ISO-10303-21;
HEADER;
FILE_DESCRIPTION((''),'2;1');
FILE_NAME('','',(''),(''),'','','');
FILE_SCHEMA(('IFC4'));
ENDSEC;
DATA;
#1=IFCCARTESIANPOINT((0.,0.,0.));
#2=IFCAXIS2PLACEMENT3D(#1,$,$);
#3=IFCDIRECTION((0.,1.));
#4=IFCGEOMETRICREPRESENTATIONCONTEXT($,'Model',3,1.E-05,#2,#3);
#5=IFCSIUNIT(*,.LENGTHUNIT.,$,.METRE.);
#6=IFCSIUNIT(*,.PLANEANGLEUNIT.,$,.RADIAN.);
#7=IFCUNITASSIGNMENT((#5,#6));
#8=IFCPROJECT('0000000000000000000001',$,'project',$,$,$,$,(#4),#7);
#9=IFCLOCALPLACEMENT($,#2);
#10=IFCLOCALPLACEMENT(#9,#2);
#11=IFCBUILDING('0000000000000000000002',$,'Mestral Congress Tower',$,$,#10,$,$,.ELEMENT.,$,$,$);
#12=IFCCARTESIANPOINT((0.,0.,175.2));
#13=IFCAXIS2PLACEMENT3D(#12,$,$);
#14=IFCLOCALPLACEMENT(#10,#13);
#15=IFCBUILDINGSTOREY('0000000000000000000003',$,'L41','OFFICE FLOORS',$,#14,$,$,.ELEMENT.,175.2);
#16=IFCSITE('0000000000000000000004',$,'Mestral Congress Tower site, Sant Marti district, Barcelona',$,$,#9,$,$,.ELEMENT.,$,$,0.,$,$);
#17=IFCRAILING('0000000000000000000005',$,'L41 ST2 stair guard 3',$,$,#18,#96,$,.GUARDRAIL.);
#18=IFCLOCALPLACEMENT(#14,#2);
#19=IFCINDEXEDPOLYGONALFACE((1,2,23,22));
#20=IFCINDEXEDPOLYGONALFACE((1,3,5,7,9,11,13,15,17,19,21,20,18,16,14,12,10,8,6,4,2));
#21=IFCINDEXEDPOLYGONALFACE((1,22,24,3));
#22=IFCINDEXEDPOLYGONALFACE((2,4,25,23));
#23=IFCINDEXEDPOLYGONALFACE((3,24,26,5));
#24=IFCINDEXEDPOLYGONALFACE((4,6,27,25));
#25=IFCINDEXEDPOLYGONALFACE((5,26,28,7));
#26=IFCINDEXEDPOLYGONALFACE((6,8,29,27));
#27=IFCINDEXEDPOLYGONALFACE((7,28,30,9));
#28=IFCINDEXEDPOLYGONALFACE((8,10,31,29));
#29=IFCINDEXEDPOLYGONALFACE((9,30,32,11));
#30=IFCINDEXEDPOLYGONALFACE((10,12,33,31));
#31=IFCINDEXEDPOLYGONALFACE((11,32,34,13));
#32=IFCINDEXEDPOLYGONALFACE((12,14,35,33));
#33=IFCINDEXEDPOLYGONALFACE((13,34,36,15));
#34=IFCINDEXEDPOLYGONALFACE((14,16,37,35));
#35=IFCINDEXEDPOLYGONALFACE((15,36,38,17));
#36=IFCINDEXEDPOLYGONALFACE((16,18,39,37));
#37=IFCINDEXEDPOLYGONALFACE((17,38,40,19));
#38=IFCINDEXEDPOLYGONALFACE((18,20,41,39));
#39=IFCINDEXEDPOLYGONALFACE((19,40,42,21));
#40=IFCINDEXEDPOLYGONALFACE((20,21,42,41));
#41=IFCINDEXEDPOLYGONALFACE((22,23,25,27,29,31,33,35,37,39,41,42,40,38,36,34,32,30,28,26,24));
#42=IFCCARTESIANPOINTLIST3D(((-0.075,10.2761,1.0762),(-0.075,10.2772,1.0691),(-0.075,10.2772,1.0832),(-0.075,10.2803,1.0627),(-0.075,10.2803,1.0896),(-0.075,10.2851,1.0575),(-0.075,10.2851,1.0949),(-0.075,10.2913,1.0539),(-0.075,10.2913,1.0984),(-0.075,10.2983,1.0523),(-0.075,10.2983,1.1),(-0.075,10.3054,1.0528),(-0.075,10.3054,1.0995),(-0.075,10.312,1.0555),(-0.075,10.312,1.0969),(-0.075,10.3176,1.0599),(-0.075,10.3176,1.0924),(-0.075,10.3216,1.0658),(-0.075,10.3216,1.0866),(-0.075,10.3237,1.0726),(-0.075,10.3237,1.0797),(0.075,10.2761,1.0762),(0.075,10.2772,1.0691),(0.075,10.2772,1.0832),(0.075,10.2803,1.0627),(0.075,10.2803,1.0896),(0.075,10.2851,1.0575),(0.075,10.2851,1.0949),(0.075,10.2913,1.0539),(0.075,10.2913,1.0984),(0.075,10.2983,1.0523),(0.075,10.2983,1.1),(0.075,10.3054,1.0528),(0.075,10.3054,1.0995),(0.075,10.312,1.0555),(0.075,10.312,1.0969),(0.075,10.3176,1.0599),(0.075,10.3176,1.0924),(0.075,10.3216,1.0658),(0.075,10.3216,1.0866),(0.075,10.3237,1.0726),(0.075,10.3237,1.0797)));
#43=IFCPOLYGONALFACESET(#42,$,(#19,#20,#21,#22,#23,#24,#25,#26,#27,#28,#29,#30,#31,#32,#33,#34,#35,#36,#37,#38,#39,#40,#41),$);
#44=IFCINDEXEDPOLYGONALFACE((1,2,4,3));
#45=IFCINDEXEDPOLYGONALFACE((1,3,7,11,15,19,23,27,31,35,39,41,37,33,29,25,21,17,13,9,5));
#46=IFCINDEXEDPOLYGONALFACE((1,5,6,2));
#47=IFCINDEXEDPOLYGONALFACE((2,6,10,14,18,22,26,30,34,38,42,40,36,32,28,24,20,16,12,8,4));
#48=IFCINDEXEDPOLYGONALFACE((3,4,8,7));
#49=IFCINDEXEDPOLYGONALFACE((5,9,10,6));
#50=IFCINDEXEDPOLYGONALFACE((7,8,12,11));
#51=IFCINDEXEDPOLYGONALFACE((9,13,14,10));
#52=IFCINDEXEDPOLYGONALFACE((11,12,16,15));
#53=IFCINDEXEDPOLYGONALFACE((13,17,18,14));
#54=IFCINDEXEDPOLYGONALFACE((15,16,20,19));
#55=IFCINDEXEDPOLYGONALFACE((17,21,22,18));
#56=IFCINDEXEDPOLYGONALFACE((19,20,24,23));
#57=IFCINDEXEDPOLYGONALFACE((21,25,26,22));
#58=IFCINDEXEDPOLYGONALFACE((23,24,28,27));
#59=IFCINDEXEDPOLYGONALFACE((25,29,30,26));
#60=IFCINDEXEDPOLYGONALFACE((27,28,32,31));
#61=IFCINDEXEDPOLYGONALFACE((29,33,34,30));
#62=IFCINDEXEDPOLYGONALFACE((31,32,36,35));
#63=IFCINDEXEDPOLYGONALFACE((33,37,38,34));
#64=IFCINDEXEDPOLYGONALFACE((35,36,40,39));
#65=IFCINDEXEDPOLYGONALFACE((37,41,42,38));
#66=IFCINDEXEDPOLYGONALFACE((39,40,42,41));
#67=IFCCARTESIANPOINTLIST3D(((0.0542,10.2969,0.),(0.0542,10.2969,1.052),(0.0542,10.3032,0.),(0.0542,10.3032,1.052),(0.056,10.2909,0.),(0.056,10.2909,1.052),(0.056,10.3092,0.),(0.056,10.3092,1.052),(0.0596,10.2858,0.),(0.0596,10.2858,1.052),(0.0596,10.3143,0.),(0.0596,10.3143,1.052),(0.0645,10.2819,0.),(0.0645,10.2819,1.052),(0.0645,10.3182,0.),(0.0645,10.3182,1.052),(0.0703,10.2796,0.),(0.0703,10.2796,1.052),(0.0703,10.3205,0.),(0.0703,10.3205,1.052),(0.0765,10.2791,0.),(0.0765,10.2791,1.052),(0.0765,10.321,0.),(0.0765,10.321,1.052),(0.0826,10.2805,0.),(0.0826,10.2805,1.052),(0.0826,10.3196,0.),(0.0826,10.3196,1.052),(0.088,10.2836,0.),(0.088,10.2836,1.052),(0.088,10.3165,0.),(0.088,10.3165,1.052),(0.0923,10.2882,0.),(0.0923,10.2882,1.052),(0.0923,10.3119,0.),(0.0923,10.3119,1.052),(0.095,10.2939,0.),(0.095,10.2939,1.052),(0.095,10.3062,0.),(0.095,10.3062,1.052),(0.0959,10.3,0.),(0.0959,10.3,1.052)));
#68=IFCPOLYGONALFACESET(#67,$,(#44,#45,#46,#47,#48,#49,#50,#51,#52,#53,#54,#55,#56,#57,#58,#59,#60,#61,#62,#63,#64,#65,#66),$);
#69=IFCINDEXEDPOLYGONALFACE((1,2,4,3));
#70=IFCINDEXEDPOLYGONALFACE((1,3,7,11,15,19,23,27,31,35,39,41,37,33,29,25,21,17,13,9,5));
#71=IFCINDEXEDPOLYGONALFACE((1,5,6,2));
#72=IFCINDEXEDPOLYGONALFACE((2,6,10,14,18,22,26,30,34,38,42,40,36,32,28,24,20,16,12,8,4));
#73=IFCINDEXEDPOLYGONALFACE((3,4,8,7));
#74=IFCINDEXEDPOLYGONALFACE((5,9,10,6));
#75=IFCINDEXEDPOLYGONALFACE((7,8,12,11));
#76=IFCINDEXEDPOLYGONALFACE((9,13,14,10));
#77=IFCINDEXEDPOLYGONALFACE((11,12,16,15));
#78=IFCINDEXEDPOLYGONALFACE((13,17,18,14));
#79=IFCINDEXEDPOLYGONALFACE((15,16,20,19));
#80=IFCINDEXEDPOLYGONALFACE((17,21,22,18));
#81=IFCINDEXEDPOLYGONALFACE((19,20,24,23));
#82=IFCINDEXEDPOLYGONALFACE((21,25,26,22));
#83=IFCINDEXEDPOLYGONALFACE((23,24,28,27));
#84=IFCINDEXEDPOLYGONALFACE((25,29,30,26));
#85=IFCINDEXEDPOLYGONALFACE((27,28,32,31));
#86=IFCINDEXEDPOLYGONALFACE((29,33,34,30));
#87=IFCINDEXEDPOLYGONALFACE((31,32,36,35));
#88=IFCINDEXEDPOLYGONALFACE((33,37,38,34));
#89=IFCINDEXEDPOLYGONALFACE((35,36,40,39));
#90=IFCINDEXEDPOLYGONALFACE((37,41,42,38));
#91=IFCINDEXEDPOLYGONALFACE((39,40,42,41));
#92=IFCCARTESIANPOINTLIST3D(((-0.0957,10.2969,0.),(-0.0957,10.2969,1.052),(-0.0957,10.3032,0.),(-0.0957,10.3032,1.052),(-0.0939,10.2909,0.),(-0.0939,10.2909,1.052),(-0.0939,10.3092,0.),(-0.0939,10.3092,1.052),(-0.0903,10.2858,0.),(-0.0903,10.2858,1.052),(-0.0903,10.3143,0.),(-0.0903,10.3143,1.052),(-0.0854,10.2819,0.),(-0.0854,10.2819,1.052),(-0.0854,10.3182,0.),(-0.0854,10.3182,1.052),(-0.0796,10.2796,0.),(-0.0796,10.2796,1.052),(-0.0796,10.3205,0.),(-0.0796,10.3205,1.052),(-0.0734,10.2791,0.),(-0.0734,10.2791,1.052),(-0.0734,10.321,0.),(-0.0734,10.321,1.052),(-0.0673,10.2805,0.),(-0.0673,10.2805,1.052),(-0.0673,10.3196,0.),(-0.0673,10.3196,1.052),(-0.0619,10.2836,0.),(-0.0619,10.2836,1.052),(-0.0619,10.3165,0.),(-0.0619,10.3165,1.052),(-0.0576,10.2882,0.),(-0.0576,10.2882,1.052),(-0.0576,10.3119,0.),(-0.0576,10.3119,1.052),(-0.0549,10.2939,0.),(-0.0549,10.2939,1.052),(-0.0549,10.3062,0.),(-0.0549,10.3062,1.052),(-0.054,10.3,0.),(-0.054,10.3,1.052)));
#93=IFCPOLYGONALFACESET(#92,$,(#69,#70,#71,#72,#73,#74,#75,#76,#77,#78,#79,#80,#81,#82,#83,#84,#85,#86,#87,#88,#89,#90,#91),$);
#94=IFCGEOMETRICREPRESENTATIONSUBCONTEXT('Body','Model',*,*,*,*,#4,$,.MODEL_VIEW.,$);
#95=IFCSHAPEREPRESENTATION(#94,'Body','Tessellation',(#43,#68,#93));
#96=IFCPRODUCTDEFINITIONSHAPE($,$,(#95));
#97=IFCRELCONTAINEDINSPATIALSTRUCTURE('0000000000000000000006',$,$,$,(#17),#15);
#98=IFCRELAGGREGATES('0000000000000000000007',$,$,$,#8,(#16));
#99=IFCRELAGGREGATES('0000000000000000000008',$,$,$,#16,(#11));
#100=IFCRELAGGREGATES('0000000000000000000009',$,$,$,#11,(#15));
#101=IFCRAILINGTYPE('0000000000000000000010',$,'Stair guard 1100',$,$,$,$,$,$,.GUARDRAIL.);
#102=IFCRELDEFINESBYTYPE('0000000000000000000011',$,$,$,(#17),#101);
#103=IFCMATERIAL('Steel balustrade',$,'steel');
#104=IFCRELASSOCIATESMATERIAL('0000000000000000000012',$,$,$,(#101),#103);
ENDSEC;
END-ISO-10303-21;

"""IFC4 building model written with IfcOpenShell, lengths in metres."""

from ifc_helpers import new_model, si_unit, direction, frame, origin, origin_2d, place, context, subcontext, project, spatial, circle, extrude, material, type_object, element, save


model = new_model("IFC4")

# Units and contexts
model_context = context("Model", 3, precision=1e-05, world=origin(), true_north=direction((0.0, 1.0)))
body_context = subcontext(model_context, "Body", "Model", "MODEL_VIEW")
ifc_project = project(units=[si_unit("LENGTHUNIT", "METRE"), si_unit("PLANEANGLEUNIT", "RADIAN")], contexts=[model_context])

# Site, building, storey
site_placement = place(None, origin())
site = spatial("IfcSite", under=ifc_project, at=site_placement, Name="Mestral Congress Tower site, Sant Marti district, Barcelona", CompositionType="ELEMENT", RefElevation=0.0)
building_placement = place(site_placement, origin())
building = spatial("IfcBuilding", under=site, at=building_placement, Name="Mestral Congress Tower", CompositionType="ELEMENT")
storey_placement = place(building_placement, frame((0.0, 0.0, 175.2)))
storey = spatial("IfcBuildingStorey", under=building, at=storey_placement, Name="L41", Description="OFFICE FLOORS", CompositionType="ELEMENT", Elevation=175.2)

# Railing
ifc_material_1 = material(Name="Steel balustrade", Category="steel")
railing_type_1 = type_object("IfcRailingType", Name="Stair guard 1100", PredefinedType="GUARDRAIL", material=ifc_material_1)
railing_1_placement = place(storey_placement, frame((0.075, 10.3, 0.0)))
element("IfcRailing", 1, at=railing_1_placement, inside=storey, type_object=railing_type_1, Name="L41 ST2 stair guard 3", PredefinedType="GUARDRAIL", context=body_context, shape_type="SweptSolid", body=[
    extrude(circle(Radius=0.0239, at=origin_2d()), frame((0.0, 0.0, 1.0762), z_axis=(-1.0, 0.0, 0.0), x_axis=(0.0, -1.0, 0.0)), (0.0, 0.0, 1.0), 0.1499),
    extrude(circle(Radius=0.021, at=origin_2d()), origin(), (0.0, 0.0, 1.0), 1.052),
    extrude(circle(Radius=0.021, at=origin_2d()), frame((-0.1499, 0.0, 0.0)), (0.0, 0.0, 1.0), 1.052),
])

save(model, "model.ifc")
